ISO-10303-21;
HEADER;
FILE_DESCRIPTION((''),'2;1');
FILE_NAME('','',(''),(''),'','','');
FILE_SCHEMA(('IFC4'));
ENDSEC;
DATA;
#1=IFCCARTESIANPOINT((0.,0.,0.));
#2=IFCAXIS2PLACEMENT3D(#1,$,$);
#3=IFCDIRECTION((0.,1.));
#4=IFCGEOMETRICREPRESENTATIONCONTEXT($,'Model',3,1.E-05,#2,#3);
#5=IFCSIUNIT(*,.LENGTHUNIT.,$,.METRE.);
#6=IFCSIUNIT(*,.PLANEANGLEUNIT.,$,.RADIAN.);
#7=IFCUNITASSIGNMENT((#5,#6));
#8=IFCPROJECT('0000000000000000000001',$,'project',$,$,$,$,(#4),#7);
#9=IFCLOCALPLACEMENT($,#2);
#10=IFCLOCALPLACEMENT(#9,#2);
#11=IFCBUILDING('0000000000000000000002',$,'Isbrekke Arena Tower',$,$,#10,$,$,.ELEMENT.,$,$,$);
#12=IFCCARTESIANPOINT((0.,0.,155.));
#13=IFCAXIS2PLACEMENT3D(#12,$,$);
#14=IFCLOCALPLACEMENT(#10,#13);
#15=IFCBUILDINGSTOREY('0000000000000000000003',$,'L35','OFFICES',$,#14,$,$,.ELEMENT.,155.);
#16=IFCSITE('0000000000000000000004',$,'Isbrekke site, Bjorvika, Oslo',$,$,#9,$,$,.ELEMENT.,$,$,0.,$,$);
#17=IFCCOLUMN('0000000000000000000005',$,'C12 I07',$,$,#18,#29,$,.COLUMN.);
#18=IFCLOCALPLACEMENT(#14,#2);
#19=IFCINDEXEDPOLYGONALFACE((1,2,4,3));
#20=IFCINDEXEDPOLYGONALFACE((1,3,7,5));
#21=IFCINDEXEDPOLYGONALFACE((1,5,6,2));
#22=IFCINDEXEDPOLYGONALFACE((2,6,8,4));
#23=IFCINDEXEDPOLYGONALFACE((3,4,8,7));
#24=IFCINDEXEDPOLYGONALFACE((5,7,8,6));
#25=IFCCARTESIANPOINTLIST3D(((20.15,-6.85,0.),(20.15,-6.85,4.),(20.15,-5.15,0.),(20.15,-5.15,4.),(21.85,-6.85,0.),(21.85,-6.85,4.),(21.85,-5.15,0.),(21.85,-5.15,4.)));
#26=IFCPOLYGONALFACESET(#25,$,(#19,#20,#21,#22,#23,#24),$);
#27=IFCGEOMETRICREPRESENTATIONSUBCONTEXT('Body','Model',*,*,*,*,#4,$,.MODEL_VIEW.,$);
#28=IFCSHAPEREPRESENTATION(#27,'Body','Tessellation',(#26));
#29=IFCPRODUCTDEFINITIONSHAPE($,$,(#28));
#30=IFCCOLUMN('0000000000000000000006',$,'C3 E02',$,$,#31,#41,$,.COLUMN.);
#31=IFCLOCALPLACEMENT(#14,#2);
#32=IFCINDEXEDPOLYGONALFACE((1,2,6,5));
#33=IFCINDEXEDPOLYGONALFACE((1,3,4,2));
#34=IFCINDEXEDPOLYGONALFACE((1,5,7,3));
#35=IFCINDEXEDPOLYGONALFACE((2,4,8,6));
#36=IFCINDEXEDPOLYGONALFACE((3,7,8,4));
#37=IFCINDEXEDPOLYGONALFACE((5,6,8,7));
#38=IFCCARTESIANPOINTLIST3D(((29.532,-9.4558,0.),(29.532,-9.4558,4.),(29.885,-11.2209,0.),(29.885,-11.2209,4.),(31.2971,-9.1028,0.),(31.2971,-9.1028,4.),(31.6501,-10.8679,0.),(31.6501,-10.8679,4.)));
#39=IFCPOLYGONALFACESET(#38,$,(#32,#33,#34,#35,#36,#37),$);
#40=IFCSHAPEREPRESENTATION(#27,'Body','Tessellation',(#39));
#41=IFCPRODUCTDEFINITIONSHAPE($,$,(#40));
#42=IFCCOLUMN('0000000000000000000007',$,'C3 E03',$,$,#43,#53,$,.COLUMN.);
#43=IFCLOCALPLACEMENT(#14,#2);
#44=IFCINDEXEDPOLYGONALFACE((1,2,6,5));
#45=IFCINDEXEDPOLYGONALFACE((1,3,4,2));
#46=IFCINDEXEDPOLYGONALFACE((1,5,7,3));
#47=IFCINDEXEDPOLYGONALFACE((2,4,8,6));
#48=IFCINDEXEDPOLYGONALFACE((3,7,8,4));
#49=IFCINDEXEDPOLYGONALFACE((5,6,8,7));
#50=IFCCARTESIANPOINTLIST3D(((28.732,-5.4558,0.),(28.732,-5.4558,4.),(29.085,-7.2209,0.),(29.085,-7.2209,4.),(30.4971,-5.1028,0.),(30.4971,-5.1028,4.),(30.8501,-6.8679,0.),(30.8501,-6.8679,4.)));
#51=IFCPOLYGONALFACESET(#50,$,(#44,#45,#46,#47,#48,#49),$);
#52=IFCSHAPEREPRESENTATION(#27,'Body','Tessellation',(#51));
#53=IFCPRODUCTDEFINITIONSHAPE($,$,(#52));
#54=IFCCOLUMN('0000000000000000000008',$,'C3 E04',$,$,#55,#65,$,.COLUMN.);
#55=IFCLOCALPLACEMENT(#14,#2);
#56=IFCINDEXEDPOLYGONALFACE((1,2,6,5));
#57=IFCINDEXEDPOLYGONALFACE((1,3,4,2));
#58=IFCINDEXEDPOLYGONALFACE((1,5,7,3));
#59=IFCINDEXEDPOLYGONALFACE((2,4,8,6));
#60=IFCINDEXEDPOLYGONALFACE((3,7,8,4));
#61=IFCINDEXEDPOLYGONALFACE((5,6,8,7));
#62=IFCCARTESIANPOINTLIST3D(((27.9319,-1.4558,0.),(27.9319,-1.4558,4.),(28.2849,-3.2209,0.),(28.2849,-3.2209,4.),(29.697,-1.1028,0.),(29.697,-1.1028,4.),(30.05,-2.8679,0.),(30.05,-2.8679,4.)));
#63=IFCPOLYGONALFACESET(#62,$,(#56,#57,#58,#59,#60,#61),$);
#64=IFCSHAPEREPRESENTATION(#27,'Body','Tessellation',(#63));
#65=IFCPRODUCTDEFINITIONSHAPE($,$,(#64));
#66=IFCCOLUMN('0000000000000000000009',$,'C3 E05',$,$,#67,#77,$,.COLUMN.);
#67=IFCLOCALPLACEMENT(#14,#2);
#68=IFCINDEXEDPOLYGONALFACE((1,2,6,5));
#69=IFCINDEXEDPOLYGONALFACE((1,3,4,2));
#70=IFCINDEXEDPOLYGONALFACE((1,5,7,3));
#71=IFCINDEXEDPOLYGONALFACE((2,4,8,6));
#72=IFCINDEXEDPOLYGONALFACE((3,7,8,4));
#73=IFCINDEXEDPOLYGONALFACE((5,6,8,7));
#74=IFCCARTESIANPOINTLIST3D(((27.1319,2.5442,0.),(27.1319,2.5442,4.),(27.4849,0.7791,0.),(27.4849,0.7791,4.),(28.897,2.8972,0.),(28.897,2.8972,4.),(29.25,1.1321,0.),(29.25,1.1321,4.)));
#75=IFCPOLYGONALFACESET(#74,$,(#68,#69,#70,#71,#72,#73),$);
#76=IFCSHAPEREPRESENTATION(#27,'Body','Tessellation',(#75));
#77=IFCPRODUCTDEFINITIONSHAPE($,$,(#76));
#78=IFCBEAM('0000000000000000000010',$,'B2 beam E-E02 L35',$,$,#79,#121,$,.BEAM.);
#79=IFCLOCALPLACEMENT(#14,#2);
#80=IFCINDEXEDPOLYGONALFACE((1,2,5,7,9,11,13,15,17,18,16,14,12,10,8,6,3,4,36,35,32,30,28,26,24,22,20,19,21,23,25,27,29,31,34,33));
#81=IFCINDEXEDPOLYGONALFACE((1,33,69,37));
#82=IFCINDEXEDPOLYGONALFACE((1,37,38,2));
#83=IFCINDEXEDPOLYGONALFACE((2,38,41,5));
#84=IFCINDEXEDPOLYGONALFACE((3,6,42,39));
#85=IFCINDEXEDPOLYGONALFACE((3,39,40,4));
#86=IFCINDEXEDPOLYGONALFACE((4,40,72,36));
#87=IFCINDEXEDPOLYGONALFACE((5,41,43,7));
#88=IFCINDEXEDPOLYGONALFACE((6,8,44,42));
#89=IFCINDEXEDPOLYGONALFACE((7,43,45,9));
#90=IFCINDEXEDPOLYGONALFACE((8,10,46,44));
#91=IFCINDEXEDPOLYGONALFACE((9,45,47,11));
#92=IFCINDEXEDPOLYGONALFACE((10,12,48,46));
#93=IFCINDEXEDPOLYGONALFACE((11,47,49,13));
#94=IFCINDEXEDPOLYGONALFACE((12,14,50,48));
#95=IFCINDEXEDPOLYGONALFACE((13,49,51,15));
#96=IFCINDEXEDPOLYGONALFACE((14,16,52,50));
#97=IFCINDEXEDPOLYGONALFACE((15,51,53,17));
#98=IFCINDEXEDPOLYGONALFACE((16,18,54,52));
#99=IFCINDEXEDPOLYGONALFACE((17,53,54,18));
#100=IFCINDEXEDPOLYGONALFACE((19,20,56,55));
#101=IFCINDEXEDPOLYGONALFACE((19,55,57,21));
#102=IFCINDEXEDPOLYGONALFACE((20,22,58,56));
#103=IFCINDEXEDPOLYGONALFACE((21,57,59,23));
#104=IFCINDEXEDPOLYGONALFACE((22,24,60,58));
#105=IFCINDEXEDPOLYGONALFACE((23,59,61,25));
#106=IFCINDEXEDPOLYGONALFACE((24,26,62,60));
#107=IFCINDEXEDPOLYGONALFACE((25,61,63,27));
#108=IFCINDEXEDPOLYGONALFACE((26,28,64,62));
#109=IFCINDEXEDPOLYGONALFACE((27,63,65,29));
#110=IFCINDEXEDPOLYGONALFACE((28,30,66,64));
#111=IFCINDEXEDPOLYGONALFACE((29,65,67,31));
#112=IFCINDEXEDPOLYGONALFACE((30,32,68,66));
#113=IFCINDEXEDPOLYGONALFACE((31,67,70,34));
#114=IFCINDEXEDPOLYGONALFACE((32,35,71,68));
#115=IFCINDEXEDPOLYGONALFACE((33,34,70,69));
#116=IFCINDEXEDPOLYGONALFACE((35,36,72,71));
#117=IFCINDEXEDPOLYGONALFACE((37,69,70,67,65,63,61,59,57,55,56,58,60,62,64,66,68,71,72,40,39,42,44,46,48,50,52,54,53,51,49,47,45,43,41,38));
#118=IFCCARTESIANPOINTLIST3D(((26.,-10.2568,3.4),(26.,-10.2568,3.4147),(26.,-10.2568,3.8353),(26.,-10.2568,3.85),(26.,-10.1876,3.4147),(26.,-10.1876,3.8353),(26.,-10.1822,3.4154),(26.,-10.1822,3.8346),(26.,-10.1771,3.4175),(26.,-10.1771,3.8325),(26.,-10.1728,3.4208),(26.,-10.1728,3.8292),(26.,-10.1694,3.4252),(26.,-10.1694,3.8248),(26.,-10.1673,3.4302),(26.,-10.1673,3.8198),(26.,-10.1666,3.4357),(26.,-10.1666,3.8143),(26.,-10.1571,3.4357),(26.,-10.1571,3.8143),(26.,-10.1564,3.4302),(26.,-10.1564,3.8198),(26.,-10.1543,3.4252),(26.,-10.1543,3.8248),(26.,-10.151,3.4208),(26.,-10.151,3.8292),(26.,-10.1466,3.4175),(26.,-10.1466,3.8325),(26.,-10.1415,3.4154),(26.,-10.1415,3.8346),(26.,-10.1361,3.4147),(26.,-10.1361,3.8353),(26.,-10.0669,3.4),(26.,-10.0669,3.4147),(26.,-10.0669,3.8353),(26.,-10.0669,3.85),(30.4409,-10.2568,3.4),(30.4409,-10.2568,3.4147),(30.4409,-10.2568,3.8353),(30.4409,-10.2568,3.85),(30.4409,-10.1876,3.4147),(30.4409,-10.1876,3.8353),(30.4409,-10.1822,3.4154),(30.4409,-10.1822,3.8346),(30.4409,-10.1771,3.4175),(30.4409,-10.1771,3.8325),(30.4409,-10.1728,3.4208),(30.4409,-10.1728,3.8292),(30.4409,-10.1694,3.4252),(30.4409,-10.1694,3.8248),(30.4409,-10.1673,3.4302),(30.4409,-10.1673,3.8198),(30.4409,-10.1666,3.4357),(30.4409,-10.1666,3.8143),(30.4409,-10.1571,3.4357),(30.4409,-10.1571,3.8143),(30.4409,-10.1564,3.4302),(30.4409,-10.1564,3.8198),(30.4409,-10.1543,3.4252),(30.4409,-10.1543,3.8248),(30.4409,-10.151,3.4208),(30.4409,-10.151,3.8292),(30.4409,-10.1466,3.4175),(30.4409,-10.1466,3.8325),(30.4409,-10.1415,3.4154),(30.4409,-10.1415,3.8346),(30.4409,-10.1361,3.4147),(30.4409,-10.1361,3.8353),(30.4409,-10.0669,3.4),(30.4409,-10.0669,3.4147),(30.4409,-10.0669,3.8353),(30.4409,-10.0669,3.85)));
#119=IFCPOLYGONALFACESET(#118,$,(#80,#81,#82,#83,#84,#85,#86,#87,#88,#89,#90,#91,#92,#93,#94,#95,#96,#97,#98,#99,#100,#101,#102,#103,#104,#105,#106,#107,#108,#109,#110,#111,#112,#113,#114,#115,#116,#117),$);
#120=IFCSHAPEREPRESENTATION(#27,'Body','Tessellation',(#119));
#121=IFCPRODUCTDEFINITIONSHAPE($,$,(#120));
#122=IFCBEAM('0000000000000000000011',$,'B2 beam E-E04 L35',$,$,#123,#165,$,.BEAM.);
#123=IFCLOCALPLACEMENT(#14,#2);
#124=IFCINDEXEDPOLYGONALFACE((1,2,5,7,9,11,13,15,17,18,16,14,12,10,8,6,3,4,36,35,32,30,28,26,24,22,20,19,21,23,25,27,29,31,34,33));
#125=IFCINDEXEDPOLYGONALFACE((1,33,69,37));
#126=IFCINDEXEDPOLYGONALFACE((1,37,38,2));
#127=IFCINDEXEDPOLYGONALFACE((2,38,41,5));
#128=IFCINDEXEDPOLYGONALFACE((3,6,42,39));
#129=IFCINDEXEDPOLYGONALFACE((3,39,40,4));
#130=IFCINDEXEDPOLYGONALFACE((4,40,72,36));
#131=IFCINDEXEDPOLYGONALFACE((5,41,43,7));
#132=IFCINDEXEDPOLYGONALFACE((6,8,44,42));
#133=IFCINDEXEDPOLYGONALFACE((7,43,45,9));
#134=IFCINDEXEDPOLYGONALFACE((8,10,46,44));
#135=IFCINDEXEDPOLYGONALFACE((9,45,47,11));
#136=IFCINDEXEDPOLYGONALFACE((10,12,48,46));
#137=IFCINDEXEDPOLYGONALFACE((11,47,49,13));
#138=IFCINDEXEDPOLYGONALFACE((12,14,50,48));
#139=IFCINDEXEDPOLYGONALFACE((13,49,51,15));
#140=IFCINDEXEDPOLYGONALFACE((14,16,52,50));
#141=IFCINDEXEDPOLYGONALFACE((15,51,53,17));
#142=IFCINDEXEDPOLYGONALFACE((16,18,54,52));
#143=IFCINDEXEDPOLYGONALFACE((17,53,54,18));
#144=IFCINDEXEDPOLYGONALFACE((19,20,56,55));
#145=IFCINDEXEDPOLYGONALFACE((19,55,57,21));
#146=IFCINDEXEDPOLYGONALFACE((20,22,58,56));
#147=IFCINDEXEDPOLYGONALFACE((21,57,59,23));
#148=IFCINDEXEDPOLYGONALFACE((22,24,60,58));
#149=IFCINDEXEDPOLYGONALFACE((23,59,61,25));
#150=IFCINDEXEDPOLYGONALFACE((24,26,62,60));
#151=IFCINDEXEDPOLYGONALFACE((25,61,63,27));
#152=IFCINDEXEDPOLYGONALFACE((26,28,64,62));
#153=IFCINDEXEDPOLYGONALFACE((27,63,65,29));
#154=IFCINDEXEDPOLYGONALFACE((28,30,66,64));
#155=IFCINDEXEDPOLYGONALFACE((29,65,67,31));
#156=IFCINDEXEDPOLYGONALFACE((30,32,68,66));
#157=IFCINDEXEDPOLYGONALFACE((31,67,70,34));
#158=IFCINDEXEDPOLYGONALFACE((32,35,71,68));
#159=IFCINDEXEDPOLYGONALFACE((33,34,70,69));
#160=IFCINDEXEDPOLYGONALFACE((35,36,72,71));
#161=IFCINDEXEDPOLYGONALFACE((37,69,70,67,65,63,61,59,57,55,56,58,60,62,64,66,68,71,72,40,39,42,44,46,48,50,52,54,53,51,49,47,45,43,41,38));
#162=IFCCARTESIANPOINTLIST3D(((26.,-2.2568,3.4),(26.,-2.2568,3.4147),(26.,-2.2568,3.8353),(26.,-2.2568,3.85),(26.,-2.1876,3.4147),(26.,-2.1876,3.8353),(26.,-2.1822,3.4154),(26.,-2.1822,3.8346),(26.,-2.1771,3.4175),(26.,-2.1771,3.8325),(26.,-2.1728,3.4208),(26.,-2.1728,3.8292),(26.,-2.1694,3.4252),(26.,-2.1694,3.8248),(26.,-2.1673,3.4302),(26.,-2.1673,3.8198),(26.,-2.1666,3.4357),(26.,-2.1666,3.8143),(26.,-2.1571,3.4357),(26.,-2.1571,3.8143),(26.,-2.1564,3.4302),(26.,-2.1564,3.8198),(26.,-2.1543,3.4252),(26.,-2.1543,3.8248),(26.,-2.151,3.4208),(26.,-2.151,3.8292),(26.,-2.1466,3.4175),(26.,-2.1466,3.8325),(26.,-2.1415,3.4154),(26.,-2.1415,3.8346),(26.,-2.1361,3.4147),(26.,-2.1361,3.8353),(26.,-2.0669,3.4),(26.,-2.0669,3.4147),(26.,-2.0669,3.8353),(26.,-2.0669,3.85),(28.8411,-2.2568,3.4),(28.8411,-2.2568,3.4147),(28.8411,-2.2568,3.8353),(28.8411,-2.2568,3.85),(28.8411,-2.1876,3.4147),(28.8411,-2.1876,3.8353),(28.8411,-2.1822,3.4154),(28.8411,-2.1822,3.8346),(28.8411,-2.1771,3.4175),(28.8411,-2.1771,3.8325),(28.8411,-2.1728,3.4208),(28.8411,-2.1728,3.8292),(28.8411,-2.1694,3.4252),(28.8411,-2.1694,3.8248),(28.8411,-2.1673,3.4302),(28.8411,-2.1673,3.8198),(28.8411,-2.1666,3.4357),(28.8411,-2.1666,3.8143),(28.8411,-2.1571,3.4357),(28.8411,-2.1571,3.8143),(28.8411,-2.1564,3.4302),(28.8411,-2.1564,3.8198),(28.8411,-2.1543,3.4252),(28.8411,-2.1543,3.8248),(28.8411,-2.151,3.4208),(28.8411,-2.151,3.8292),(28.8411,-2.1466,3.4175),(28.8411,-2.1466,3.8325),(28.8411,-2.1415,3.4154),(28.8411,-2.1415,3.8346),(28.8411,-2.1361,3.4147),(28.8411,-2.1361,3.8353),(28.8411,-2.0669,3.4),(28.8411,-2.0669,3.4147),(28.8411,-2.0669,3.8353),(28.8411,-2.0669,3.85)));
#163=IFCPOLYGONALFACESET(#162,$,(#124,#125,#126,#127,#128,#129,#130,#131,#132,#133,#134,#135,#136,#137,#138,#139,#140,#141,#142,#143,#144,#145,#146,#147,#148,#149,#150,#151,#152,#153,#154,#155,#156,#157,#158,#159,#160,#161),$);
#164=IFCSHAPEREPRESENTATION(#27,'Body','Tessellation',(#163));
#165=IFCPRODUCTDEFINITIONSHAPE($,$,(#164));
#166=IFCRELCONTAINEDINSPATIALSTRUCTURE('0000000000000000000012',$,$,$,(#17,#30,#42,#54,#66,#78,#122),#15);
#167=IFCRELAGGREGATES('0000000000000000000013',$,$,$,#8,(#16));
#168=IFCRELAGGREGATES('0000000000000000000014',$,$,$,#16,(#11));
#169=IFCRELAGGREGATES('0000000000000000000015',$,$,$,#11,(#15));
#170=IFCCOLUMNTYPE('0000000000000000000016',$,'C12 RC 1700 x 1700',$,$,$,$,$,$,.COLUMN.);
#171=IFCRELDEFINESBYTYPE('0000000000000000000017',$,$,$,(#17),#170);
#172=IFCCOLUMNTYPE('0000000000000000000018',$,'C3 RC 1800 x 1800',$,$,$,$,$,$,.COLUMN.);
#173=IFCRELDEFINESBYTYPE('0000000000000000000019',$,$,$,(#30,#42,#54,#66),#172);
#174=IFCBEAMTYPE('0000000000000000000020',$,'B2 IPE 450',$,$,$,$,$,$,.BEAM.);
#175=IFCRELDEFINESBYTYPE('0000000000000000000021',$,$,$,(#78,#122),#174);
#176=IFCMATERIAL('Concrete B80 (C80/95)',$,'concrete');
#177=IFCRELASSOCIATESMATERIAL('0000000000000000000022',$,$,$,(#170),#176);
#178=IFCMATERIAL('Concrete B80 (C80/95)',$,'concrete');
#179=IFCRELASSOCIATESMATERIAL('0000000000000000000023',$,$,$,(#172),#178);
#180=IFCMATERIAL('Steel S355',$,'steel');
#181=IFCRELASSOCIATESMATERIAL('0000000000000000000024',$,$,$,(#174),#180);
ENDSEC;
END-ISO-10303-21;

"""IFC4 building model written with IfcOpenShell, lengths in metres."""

from ifc_helpers import new_model, si_unit, direction, frame, origin, origin_2d, place, context, subcontext, project, spatial, rectangle, i_section, extrude, material, material_profile, profile_set, type_object, element, save


model = new_model("IFC4")

# Units and contexts
model_context = context("Model", 3, precision=1e-05, world=origin(), true_north=direction((0.0, 1.0)))
body_context = subcontext(model_context, "Body", "Model", "MODEL_VIEW")
ifc_project = project(units=[si_unit("LENGTHUNIT", "METRE"), si_unit("PLANEANGLEUNIT", "RADIAN")], contexts=[model_context])

# Site, building, storey
site_placement = place(None, origin())
site = spatial("IfcSite", under=ifc_project, at=site_placement, Name="Isbrekke site, Bjorvika, Oslo", CompositionType="ELEMENT", RefElevation=0.0)
building_placement = place(site_placement, origin())
building = spatial("IfcBuilding", under=site, at=building_placement, Name="Isbrekke Arena Tower", CompositionType="ELEMENT")
storey_placement = place(building_placement, frame((0.0, 0.0, 155.0)))
storey = spatial("IfcBuildingStorey", under=building, at=storey_placement, Name="L35", Description="OFFICES", CompositionType="ELEMENT", Elevation=155.0)

# Columns
ifc_material_1 = material(Name="Concrete B80 (C80/95)", Category="concrete")
ifc_material_profile_1 = material_profile(ifc_material_1, rectangle(XDim=1.7, YDim=1.7, at=origin_2d()), Name="RC 1700x1700")
ifc_profile_set_1 = profile_set([ifc_material_profile_1], Name="Concrete B80 (C80/95)")
column_type_1 = type_object("IfcColumnType", Name="C12 RC 1700 x 1700", PredefinedType="COLUMN", material=ifc_profile_set_1)
column_placement = place(storey_placement, frame((21.0, -6.0, 0.0), z_axis=(0.0, 0.0, 1.0), x_axis=(1.0, 0.0, 0.0)))
element("IfcColumn", 1, at=column_placement, inside=storey, type_object=column_type_1, Name="C12 I07", PredefinedType="COLUMN", context=body_context, shape_type="SweptSolid", body=[
    extrude(rectangle(XDim=1.7, YDim=1.7, at=origin_2d()), origin(), (0.0, 0.0, 1.0), 4.0),
])
ifc_material_2 = material(Name="Concrete B80 (C80/95)", Category="concrete")
ifc_material_profile_2 = material_profile(ifc_material_2, rectangle(XDim=1.8, YDim=1.8, at=origin_2d()), Name="RC 1800x1800")
ifc_profile_set_2 = profile_set([ifc_material_profile_2], Name="Concrete B80 (C80/95)")
column_type_2 = type_object("IfcColumnType", Name="C3 RC 1800 x 1800", PredefinedType="COLUMN", material=ifc_profile_set_2)
for number, where, z_axis, x_axis, name in (
    (2, (30.5911, -10.1619, 0.0), (0.0, 0.0, 1.0), (-0.196116, 0.980581, 0.0), "C3 E02"),
    (3, (29.791, -6.1619, 0.0), (0.0, 0.0, 1.0), (-0.196116, 0.980581, 0.0), "C3 E03"),
    (4, (28.991, -2.1619, 0.0), (0.0, 0.0, 1.0), (-0.196116, 0.980581, 0.0), "C3 E04"),
    (5, (28.1909, 1.8381, 0.0), (0.0, 0.0, 1.0), (-0.196116, 0.980581, 0.0), "C3 E05"),
):
    element("IfcColumn", number, at=place(storey_placement, frame(where, z_axis=z_axis, x_axis=x_axis)), inside=storey, type_object=column_type_2, Name=name, PredefinedType="COLUMN", context=body_context, shape_type="SweptSolid", body=[
        extrude(rectangle(XDim=1.8, YDim=1.8, at=origin_2d()), origin(), (0.0, 0.0, 1.0), 4.0),
    ])

# Beams
ifc_material_3 = material(Name="Steel S355", Category="steel")
ifc_material_profile_3 = material_profile(ifc_material_3, i_section(OverallWidth=0.1899, OverallDepth=0.45, WebThickness=0.0095, FlangeThickness=0.0146, FilletRadius=0.021, at=origin_2d()), Name="IPE 450")
ifc_profile_set_3 = profile_set([ifc_material_profile_3], Name="Steel S355")
beam_type_1 = type_object("IfcBeamType", Name="B2 IPE 450", PredefinedType="BEAM", material=ifc_profile_set_3)
beam_1_placement = place(storey_placement, frame((30.4409, -10.1619, 3.625), z_axis=(-1.0, 0.0, 0.0), x_axis=(0.0, -1.0, 0.0)))
element("IfcBeam", 6, at=beam_1_placement, inside=storey, type_object=beam_type_1, Name="B2 beam E-E02 L35", PredefinedType="BEAM", context=body_context, shape_type="SweptSolid", body=[
    extrude(i_section(OverallWidth=0.1899, OverallDepth=0.45, WebThickness=0.0095, FlangeThickness=0.0146, FilletRadius=0.021, at=origin_2d()), origin(), (0.0, 0.0, 1.0), 4.4409),
])
beam_2_placement = place(storey_placement, frame((28.8411, -2.1619, 3.625), z_axis=(-1.0, 0.0, 0.0), x_axis=(0.0, -1.0, 0.0)))
element("IfcBeam", 7, at=beam_2_placement, inside=storey, type_object=beam_type_1, Name="B2 beam E-E04 L35", PredefinedType="BEAM", context=body_context, shape_type="SweptSolid", body=[
    extrude(i_section(OverallWidth=0.1899, OverallDepth=0.45, WebThickness=0.0095, FlangeThickness=0.0146, FilletRadius=0.021, at=origin_2d()), origin(), (0.0, 0.0, 1.0), 2.8411),
])

save(model, "model.ifc")
